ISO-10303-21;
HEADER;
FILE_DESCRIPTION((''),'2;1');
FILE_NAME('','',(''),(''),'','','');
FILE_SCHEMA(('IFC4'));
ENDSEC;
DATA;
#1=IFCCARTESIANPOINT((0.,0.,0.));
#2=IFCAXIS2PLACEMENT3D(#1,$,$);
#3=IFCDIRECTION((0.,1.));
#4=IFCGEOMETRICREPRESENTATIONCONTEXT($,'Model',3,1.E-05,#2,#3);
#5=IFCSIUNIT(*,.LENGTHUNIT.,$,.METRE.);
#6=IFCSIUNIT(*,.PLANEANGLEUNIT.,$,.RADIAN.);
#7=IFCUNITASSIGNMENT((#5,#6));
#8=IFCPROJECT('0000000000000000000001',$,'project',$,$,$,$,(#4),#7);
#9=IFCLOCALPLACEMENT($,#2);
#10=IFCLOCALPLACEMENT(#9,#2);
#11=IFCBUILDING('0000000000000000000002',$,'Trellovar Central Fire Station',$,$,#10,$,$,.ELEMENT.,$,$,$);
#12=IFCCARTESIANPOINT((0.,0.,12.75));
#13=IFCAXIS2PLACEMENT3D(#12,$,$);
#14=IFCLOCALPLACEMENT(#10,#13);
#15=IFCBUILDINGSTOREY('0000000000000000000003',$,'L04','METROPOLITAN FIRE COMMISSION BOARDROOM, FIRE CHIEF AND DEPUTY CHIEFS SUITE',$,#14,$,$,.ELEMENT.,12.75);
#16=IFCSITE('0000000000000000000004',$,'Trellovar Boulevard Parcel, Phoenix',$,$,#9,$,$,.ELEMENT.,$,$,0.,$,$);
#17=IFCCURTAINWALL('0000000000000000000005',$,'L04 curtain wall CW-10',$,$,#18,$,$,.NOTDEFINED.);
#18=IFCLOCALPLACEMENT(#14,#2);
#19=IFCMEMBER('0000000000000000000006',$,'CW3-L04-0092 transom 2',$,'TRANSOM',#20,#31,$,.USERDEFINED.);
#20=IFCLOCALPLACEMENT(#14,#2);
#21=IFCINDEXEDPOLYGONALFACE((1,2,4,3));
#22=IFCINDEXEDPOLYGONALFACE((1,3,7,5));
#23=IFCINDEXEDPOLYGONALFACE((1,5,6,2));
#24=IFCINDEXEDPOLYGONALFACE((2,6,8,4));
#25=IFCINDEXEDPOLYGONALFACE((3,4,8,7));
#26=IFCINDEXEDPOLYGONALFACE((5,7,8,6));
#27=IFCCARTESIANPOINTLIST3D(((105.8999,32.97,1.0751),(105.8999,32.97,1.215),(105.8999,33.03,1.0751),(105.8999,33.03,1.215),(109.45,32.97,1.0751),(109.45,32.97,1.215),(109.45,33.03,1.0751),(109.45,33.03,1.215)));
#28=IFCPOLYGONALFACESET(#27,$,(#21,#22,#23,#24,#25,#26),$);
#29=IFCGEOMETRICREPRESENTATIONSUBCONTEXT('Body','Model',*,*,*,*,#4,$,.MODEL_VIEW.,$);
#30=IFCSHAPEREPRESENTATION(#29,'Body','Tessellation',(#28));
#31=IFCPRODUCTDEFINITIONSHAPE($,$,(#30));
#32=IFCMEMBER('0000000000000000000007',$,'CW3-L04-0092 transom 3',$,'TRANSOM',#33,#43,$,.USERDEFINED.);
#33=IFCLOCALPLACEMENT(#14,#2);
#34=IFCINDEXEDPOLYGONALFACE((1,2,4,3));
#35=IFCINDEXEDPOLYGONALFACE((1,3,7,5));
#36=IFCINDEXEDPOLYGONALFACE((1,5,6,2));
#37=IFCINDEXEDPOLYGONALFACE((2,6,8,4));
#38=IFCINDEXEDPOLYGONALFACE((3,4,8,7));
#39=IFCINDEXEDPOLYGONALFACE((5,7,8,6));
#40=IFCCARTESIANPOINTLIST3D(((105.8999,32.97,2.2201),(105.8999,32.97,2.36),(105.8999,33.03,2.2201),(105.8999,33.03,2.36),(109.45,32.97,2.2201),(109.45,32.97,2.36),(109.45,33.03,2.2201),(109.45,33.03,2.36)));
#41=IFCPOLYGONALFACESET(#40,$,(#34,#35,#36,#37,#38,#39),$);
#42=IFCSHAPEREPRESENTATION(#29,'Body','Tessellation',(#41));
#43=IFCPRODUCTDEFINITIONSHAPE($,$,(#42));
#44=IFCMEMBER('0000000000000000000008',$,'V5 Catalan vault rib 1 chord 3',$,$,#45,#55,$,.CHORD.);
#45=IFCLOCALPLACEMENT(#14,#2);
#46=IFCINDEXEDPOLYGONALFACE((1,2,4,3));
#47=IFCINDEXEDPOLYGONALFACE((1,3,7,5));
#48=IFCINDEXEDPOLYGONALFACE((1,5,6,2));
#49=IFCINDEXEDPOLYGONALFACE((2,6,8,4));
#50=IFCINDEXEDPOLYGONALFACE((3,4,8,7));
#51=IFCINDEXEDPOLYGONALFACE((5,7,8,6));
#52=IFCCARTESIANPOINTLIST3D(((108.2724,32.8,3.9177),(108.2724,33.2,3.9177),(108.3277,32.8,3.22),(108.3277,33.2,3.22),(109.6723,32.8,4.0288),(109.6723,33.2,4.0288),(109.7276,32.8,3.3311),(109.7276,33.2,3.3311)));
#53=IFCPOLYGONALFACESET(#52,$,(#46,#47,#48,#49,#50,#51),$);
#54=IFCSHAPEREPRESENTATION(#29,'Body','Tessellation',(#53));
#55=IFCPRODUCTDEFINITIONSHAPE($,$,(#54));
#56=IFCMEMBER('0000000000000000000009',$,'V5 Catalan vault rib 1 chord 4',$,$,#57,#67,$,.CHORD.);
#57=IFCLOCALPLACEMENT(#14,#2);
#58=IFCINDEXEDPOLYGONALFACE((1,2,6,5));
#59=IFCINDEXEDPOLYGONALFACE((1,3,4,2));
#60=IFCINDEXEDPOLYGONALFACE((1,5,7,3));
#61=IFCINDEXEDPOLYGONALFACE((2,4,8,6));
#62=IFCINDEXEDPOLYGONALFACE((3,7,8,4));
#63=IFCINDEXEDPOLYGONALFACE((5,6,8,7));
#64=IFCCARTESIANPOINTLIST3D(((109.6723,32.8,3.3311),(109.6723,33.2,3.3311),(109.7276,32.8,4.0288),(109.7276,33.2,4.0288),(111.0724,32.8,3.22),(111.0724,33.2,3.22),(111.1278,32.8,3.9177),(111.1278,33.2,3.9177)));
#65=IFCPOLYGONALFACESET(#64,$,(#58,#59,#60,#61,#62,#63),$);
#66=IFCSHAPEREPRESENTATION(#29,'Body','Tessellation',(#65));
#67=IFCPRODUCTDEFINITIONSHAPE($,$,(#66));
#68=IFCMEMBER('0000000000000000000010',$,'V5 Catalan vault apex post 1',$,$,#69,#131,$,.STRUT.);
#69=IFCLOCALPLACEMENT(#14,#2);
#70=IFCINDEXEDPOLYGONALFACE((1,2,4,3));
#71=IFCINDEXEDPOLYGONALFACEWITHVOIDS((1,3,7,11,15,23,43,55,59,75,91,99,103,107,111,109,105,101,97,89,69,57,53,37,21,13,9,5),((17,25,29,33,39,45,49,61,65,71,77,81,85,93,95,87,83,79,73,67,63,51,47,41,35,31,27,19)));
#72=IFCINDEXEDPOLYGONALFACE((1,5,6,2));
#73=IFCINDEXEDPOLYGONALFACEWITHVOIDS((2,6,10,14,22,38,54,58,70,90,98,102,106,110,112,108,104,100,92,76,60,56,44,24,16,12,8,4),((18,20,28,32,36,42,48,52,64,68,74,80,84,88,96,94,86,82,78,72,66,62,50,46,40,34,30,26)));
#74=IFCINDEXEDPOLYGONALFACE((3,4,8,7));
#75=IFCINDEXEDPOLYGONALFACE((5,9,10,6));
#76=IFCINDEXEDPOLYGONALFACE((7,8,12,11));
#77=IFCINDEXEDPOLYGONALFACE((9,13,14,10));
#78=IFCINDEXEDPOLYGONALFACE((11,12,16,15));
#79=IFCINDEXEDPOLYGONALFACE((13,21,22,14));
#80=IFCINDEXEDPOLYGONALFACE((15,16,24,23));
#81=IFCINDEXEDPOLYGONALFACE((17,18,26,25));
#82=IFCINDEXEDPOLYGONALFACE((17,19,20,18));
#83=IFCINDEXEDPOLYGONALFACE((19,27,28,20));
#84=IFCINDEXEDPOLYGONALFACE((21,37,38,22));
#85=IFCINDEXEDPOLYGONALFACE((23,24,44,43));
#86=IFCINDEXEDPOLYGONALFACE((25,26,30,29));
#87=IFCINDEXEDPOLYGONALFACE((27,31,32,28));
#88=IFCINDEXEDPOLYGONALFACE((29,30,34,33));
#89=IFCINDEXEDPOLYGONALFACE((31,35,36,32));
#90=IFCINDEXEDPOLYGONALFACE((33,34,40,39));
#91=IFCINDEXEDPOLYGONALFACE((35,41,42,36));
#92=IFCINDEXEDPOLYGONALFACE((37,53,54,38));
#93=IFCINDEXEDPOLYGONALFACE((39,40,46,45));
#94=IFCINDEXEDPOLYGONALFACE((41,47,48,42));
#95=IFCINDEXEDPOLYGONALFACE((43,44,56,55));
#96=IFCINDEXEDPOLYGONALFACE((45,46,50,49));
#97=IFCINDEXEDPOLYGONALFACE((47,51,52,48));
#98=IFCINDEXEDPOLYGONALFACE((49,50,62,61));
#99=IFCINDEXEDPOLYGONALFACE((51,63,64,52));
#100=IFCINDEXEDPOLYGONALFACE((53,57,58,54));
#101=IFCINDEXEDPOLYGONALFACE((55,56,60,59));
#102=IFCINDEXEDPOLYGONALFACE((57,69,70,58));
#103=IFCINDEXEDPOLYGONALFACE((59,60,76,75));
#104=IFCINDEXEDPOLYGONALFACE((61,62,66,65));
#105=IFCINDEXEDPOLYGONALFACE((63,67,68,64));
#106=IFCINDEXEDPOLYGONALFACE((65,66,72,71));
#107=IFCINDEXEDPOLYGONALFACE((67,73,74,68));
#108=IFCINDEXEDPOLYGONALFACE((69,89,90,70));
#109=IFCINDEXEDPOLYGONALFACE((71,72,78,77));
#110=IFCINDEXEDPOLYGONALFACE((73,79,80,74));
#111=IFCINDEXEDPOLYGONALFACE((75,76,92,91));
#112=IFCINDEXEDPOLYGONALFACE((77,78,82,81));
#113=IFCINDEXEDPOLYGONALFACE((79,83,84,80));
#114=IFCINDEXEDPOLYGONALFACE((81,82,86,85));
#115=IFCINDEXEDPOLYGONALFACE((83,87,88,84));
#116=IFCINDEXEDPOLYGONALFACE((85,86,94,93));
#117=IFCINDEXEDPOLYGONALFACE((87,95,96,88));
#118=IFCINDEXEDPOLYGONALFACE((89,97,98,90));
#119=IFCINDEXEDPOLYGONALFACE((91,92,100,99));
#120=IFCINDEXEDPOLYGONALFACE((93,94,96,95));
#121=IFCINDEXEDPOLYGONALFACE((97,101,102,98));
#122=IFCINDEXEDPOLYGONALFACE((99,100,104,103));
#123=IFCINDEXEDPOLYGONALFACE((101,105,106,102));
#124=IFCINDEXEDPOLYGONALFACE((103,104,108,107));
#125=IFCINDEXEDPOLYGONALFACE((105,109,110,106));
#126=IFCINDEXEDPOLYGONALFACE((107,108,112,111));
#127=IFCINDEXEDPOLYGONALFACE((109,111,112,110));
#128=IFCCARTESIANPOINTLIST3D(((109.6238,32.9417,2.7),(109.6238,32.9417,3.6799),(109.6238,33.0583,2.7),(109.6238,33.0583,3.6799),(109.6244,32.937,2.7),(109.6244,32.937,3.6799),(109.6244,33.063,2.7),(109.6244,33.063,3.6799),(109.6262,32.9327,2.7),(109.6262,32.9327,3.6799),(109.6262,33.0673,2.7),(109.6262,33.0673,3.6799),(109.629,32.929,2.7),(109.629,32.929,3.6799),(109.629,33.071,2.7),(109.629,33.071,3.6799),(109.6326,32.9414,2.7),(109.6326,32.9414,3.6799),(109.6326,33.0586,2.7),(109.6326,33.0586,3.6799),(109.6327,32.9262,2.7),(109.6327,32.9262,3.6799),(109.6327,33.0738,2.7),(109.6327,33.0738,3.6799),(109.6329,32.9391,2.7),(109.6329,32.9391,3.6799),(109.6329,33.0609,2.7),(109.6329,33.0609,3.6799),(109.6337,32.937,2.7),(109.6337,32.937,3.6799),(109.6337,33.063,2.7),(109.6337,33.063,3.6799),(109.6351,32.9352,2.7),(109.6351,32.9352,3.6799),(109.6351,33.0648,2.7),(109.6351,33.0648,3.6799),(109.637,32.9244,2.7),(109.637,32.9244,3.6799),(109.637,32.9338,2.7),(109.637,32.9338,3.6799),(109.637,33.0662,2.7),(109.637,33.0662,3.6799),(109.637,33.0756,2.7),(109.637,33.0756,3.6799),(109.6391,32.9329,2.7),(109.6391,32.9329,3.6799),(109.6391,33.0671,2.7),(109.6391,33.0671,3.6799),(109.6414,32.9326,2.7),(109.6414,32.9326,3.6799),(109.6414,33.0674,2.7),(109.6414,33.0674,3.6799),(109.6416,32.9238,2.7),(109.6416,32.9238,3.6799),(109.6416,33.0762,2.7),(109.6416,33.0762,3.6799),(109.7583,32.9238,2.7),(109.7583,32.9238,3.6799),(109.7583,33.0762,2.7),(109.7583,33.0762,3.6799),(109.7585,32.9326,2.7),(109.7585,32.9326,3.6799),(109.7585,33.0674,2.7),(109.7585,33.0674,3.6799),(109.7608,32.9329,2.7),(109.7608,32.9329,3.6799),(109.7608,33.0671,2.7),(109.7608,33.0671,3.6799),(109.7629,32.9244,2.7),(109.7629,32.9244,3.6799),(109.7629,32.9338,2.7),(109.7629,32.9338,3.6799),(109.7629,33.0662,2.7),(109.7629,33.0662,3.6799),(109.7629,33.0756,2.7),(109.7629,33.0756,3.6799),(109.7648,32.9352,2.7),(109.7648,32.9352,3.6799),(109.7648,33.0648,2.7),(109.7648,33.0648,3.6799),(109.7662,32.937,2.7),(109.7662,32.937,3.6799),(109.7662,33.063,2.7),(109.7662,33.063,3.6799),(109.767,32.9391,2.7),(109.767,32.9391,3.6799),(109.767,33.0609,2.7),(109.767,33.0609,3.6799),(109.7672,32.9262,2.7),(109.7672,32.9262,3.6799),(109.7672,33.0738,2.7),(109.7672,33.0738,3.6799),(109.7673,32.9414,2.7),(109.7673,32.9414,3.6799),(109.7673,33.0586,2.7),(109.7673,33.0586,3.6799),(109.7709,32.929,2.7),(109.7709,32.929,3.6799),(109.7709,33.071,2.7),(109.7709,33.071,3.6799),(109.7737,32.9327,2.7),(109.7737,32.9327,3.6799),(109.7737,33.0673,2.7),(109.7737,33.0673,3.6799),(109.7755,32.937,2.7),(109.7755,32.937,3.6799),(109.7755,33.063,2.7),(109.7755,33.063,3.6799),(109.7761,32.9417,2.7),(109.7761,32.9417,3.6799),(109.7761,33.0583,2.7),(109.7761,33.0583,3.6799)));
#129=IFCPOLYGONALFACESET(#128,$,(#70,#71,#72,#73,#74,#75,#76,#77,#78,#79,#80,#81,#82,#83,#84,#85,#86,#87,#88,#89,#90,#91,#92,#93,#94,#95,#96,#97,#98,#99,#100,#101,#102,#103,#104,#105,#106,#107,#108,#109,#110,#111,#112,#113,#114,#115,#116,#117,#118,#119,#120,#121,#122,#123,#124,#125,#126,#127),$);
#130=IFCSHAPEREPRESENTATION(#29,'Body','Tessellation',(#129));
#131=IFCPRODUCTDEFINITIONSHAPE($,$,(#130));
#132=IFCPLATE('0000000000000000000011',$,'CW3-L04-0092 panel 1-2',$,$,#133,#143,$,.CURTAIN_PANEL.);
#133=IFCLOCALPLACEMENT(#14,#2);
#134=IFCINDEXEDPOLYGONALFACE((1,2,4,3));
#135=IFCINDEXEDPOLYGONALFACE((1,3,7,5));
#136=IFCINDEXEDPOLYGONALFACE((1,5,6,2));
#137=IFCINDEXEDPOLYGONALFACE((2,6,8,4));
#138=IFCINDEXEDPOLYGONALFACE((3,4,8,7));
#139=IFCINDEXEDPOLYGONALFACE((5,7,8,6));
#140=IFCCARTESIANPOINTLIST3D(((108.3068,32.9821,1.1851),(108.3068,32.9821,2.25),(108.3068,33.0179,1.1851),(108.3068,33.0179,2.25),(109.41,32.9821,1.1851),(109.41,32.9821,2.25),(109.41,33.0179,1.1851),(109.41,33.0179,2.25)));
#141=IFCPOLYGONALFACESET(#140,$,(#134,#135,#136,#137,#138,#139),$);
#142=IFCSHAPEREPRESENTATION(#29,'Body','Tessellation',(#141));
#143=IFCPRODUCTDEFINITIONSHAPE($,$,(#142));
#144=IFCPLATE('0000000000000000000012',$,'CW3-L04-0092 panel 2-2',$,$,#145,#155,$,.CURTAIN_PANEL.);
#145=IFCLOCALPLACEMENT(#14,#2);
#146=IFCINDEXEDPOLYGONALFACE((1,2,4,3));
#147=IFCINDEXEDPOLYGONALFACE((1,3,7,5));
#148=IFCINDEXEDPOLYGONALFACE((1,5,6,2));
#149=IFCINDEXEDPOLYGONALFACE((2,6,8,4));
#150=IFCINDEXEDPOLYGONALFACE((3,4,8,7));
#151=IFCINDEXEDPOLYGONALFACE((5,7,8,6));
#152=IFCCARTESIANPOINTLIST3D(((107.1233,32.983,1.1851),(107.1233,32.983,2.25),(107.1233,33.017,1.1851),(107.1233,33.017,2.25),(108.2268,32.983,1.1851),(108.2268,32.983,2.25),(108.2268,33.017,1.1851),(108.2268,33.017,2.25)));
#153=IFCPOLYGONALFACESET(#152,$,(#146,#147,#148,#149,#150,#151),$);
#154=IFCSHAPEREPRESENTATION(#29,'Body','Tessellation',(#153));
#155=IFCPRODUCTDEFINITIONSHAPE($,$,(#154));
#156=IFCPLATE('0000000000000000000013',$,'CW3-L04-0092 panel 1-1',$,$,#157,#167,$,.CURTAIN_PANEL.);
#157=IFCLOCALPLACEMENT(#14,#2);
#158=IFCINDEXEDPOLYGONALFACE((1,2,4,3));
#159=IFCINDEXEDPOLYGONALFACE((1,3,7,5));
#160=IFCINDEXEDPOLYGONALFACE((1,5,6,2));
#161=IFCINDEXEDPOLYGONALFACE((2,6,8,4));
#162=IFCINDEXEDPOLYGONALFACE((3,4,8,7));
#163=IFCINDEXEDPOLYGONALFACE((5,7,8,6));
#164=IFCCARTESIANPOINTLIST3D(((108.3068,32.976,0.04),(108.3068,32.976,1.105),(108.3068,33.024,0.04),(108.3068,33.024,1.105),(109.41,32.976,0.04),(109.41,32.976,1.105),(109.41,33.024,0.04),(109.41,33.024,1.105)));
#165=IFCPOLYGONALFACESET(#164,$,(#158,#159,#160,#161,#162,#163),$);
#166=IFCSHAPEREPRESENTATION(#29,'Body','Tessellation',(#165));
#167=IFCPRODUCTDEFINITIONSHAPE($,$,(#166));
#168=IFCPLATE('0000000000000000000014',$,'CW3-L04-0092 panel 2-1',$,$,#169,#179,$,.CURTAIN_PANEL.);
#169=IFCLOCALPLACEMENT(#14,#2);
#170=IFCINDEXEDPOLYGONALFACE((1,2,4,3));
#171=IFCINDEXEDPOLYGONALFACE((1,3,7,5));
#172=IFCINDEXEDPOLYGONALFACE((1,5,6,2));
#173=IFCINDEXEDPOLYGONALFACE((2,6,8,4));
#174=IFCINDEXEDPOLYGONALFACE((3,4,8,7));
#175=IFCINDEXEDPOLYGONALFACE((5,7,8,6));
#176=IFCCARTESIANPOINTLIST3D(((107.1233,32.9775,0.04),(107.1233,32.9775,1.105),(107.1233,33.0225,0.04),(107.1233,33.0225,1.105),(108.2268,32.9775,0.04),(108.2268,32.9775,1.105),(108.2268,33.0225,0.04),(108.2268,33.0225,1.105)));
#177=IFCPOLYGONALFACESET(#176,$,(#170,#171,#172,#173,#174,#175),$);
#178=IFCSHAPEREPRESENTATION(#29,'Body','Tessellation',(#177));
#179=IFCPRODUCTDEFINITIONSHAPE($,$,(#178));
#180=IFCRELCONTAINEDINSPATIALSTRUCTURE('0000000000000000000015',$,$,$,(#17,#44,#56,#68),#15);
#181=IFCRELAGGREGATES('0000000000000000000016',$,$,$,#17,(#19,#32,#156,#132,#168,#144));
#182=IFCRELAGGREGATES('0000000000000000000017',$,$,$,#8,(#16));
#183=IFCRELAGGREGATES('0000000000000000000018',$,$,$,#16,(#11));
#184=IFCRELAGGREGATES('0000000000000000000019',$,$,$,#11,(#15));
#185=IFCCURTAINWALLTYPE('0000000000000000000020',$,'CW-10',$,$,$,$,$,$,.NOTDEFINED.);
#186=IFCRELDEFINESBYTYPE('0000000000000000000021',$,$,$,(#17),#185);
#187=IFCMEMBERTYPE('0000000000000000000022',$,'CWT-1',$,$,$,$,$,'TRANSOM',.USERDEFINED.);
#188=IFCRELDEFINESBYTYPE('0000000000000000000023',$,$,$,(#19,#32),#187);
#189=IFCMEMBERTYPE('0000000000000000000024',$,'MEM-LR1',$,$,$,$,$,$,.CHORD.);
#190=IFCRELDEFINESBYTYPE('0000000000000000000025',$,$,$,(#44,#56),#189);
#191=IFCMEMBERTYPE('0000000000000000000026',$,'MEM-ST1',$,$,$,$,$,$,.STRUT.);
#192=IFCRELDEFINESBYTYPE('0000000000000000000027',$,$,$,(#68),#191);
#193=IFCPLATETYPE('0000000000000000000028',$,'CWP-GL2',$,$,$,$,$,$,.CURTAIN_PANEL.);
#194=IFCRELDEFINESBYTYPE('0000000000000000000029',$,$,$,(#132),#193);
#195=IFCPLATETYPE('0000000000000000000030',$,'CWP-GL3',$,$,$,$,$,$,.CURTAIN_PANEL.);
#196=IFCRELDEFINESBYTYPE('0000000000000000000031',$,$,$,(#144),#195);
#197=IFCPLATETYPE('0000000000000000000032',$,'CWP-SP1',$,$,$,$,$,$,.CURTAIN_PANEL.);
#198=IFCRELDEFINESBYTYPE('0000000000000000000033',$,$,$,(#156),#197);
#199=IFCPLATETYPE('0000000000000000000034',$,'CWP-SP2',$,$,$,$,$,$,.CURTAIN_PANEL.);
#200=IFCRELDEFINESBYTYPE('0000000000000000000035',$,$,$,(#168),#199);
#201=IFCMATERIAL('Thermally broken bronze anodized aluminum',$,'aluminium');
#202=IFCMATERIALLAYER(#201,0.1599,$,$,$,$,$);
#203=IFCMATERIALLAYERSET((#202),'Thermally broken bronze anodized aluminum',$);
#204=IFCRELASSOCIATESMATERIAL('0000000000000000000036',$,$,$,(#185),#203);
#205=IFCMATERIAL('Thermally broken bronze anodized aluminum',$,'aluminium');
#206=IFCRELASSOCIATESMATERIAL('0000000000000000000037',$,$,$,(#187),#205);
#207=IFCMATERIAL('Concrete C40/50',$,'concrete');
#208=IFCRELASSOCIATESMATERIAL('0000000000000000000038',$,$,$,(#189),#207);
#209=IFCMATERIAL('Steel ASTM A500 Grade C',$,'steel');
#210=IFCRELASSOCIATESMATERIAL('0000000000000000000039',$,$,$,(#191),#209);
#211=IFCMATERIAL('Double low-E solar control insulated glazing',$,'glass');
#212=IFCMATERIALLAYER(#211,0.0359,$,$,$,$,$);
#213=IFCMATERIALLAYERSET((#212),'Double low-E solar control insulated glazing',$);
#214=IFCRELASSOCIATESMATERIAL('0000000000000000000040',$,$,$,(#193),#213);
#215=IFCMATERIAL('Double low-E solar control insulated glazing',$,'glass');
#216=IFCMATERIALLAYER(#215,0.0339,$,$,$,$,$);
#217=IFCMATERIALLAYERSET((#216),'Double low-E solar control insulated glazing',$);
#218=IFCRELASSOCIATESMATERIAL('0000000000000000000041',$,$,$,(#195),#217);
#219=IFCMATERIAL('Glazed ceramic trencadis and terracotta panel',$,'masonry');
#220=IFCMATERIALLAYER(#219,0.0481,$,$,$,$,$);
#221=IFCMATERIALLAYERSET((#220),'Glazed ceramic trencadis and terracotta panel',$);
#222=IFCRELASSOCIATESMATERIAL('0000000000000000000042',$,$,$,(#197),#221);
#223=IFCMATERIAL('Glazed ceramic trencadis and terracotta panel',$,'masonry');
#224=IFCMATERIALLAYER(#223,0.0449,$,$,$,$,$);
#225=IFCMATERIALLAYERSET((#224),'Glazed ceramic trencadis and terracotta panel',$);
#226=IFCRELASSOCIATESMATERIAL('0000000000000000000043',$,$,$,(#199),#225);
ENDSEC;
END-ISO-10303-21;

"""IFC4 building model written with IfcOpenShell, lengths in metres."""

from ifc_helpers import new_model, si_unit, direction, frame, origin, origin_2d, place, context, subcontext, project, spatial, rectangle, hollow_rectangle, extrude, material, layer, layer_set, material_profile, profile_set, type_object, element, aggregate, save


model = new_model("IFC4")

# Units and contexts
model_context = context("Model", 3, precision=1e-05, world=origin(), true_north=direction((0.0, 1.0)))
body_context = subcontext(model_context, "Body", "Model", "MODEL_VIEW")
ifc_project = project(units=[si_unit("LENGTHUNIT", "METRE"), si_unit("PLANEANGLEUNIT", "RADIAN")], contexts=[model_context])

# Site, building, storey
site_placement = place(None, origin())
site = spatial("IfcSite", under=ifc_project, at=site_placement, Name="Trellovar Boulevard Parcel, Phoenix", CompositionType="ELEMENT", RefElevation=0.0)
building_placement = place(site_placement, origin())
building = spatial("IfcBuilding", under=site, at=building_placement, Name="Trellovar Central Fire Station", CompositionType="ELEMENT")
storey_placement = place(building_placement, frame((0.0, 0.0, 12.75)))
storey = spatial("IfcBuildingStorey", under=building, at=storey_placement, Name="L04", Description="METROPOLITAN FIRE COMMISSION BOARDROOM, FIRE CHIEF AND DEPUTY CHIEFS SUITE", CompositionType="ELEMENT", Elevation=12.75)

# Curtain wall, members
ifc_material_1 = material(Name="Thermally broken bronze anodized aluminum", Category="aluminium")
ifc_layer_1 = layer(ifc_material_1, 0.1599)
ifc_layer_set_1 = layer_set([ifc_layer_1], Name="Thermally broken bronze anodized aluminum")
curtain_wall_type = type_object("IfcCurtainWallType", Name="CW-10", PredefinedType="NOTDEFINED", material=ifc_layer_set_1)
curtain_wall_placement = place(storey_placement, origin())
curtain_wall = element("IfcCurtainWall", 1, at=curtain_wall_placement, inside=storey, type_object=curtain_wall_type, Name="L04 curtain wall CW-10", PredefinedType="NOTDEFINED")
ifc_material_2 = material(Name="Thermally broken bronze anodized aluminum", Category="aluminium")
ifc_material_profile_1 = material_profile(ifc_material_2, rectangle(XDim=0.0601, YDim=0.1399, at=origin_2d()), Name="ALU60X140")
ifc_profile_set_1 = profile_set([ifc_material_profile_1], Name="Thermally broken bronze anodized aluminum")
member_type_1 = type_object("IfcMemberType", Name="CWT-1", ElementType="TRANSOM", PredefinedType="USERDEFINED", material=ifc_profile_set_1)
member_1_placement = place(storey_placement, frame((109.45, 33.0, 1.145), z_axis=(-1.0, 0.0, 0.0), x_axis=(0.0, -1.0, 0.0)))
member_1 = element("IfcMember", 2, at=member_1_placement, type_object=member_type_1, Name="CW3-L04-0092 transom 2", ObjectType="TRANSOM", PredefinedType="USERDEFINED", context=body_context, shape_type="SweptSolid", body=[
    extrude(rectangle(XDim=0.0601, YDim=0.1399, at=origin_2d()), origin(), (0.0, 0.0, 1.0), 3.55),
])
member_2_placement = place(storey_placement, frame((109.45, 33.0, 2.29), z_axis=(-1.0, 0.0, 0.0), x_axis=(0.0, -1.0, 0.0)))
member_2 = element("IfcMember", 3, at=member_2_placement, type_object=member_type_1, Name="CW3-L04-0092 transom 3", ObjectType="TRANSOM", PredefinedType="USERDEFINED", context=body_context, shape_type="SweptSolid", body=[
    extrude(rectangle(XDim=0.0601, YDim=0.1399, at=origin_2d()), origin(), (0.0, 0.0, 1.0), 3.55),
])

# Members
ifc_material_3 = material(Name="Concrete C40/50", Category="concrete")
ifc_material_profile_2 = material_profile(ifc_material_3, rectangle(XDim=0.3999, YDim=0.7, at=origin_2d()), Name="RC400X700")
ifc_profile_set_2 = profile_set([ifc_material_profile_2], Name="Concrete C40/50")
member_type_2 = type_object("IfcMemberType", Name="MEM-LR1", PredefinedType="CHORD", material=ifc_profile_set_2)
member_3_placement = place(storey_placement, frame((108.3, 33.0, 3.5688), z_axis=(0.996866, 0.0, 0.079103), x_axis=(0.0, 1.0, 0.0)))
element("IfcMember", 4, at=member_3_placement, inside=storey, type_object=member_type_2, Name="V5 Catalan vault rib 1 chord 3", PredefinedType="CHORD", context=body_context, shape_type="SweptSolid", body=[
    extrude(rectangle(XDim=0.3999, YDim=0.7, at=origin_2d()), origin(), (0.0, 0.0, 1.0), 1.4043),
])
member_4_placement = place(storey_placement, frame((109.7, 33.0, 3.6799), z_axis=(0.996868, 0.0, -0.079089), x_axis=(0.0, 1.0, 0.0)))
element("IfcMember", 5, at=member_4_placement, inside=storey, type_object=member_type_2, Name="V5 Catalan vault rib 1 chord 4", PredefinedType="CHORD", context=body_context, shape_type="SweptSolid", body=[
    extrude(rectangle(XDim=0.3999, YDim=0.7, at=origin_2d()), origin(), (0.0, 0.0, 1.0), 1.4045),
])
ifc_material_4 = material(Name="Steel ASTM A500 Grade C", Category="steel")
ifc_material_profile_3 = material_profile(ifc_material_4, hollow_rectangle(XDim=0.1523, YDim=0.1523, WallThickness=0.0088, InnerFilletRadius=0.0088, OuterFilletRadius=0.0178, at=origin_2d()), Name="HSS6X6X3/8")
ifc_profile_set_3 = profile_set([ifc_material_profile_3], Name="Steel ASTM A500 Grade C")
member_type_3 = type_object("IfcMemberType", Name="MEM-ST1", PredefinedType="STRUT", material=ifc_profile_set_3)
member_5_placement = place(storey_placement, frame((109.7, 33.0, 2.7), z_axis=(0.0, 0.0, 1.0), x_axis=(1.0, 0.0, 0.0)))
element("IfcMember", 6, at=member_5_placement, inside=storey, type_object=member_type_3, Name="V5 Catalan vault apex post 1", PredefinedType="STRUT", context=body_context, shape_type="SweptSolid", body=[
    extrude(hollow_rectangle(XDim=0.1523, YDim=0.1523, WallThickness=0.0088, InnerFilletRadius=0.0088, OuterFilletRadius=0.0178, at=origin_2d()), origin(), (0.0, 0.0, 1.0), 0.98),
])

# Plates
ifc_material_5 = material(Name="Double low-E solar control insulated glazing", Category="glass")
ifc_layer_2 = layer(ifc_material_5, 0.0359)
ifc_layer_set_2 = layer_set([ifc_layer_2], Name="Double low-E solar control insulated glazing")
plate_type_1 = type_object("IfcPlateType", Name="CWP-GL2", PredefinedType="CURTAIN_PANEL", material=ifc_layer_set_2)
plate_1_placement = place(storey_placement, frame((108.8584, 33.0, 1.1851), z_axis=(0.0, 0.0, 1.0), x_axis=(-1.0, 0.0, 0.0)))
plate_1 = element("IfcPlate", 7, at=plate_1_placement, type_object=plate_type_1, Name="CW3-L04-0092 panel 1-2", PredefinedType="CURTAIN_PANEL", context=body_context, shape_type="SweptSolid", body=[
    extrude(rectangle(XDim=1.1033, YDim=0.0359, at=origin_2d()), origin(), (0.0, 0.0, 1.0), 1.0649),
])
ifc_material_6 = material(Name="Double low-E solar control insulated glazing", Category="glass")
ifc_layer_3 = layer(ifc_material_6, 0.0339)
ifc_layer_set_3 = layer_set([ifc_layer_3], Name="Double low-E solar control insulated glazing")
plate_type_2 = type_object("IfcPlateType", Name="CWP-GL3", PredefinedType="CURTAIN_PANEL", material=ifc_layer_set_3)
plate_2_placement = place(storey_placement, frame((107.675, 33.0, 1.1851), z_axis=(0.0, 0.0, 1.0), x_axis=(-1.0, 0.0, 0.0)))
plate_2 = element("IfcPlate", 8, at=plate_2_placement, type_object=plate_type_2, Name="CW3-L04-0092 panel 2-2", PredefinedType="CURTAIN_PANEL", context=body_context, shape_type="SweptSolid", body=[
    extrude(rectangle(XDim=1.1035, YDim=0.0339, at=origin_2d()), origin(), (0.0, 0.0, 1.0), 1.0649),
])
ifc_material_7 = material(Name="Glazed ceramic trencadis and terracotta panel", Category="masonry")
ifc_layer_4 = layer(ifc_material_7, 0.0481)
ifc_layer_set_4 = layer_set([ifc_layer_4], Name="Glazed ceramic trencadis and terracotta panel")
plate_type_3 = type_object("IfcPlateType", Name="CWP-SP1", PredefinedType="CURTAIN_PANEL", material=ifc_layer_set_4)
plate_3_placement = place(storey_placement, frame((108.8584, 33.0, 0.04), z_axis=(0.0, 0.0, 1.0), x_axis=(-1.0, 0.0, 0.0)))
plate_3 = element("IfcPlate", 9, at=plate_3_placement, type_object=plate_type_3, Name="CW3-L04-0092 panel 1-1", PredefinedType="CURTAIN_PANEL", context=body_context, shape_type="SweptSolid", body=[
    extrude(rectangle(XDim=1.1033, YDim=0.0481, at=origin_2d()), origin(), (0.0, 0.0, 1.0), 1.0649),
])
ifc_material_8 = material(Name="Glazed ceramic trencadis and terracotta panel", Category="masonry")
ifc_layer_5 = layer(ifc_material_8, 0.0449)
ifc_layer_set_5 = layer_set([ifc_layer_5], Name="Glazed ceramic trencadis and terracotta panel")
plate_type_4 = type_object("IfcPlateType", Name="CWP-SP2", PredefinedType="CURTAIN_PANEL", material=ifc_layer_set_5)
plate_4_placement = place(storey_placement, frame((107.675, 33.0, 0.04), z_axis=(0.0, 0.0, 1.0), x_axis=(-1.0, 0.0, 0.0)))
plate_4 = element("IfcPlate", 10, at=plate_4_placement, type_object=plate_type_4, Name="CW3-L04-0092 panel 2-1", PredefinedType="CURTAIN_PANEL", context=body_context, shape_type="SweptSolid", body=[
    extrude(rectangle(XDim=1.1035, YDim=0.0449, at=origin_2d()), origin(), (0.0, 0.0, 1.0), 1.0649),
])
aggregate(curtain_wall, [member_1, member_2, plate_3, plate_1, plate_4, plate_2])

save(model, "model.ifc")
